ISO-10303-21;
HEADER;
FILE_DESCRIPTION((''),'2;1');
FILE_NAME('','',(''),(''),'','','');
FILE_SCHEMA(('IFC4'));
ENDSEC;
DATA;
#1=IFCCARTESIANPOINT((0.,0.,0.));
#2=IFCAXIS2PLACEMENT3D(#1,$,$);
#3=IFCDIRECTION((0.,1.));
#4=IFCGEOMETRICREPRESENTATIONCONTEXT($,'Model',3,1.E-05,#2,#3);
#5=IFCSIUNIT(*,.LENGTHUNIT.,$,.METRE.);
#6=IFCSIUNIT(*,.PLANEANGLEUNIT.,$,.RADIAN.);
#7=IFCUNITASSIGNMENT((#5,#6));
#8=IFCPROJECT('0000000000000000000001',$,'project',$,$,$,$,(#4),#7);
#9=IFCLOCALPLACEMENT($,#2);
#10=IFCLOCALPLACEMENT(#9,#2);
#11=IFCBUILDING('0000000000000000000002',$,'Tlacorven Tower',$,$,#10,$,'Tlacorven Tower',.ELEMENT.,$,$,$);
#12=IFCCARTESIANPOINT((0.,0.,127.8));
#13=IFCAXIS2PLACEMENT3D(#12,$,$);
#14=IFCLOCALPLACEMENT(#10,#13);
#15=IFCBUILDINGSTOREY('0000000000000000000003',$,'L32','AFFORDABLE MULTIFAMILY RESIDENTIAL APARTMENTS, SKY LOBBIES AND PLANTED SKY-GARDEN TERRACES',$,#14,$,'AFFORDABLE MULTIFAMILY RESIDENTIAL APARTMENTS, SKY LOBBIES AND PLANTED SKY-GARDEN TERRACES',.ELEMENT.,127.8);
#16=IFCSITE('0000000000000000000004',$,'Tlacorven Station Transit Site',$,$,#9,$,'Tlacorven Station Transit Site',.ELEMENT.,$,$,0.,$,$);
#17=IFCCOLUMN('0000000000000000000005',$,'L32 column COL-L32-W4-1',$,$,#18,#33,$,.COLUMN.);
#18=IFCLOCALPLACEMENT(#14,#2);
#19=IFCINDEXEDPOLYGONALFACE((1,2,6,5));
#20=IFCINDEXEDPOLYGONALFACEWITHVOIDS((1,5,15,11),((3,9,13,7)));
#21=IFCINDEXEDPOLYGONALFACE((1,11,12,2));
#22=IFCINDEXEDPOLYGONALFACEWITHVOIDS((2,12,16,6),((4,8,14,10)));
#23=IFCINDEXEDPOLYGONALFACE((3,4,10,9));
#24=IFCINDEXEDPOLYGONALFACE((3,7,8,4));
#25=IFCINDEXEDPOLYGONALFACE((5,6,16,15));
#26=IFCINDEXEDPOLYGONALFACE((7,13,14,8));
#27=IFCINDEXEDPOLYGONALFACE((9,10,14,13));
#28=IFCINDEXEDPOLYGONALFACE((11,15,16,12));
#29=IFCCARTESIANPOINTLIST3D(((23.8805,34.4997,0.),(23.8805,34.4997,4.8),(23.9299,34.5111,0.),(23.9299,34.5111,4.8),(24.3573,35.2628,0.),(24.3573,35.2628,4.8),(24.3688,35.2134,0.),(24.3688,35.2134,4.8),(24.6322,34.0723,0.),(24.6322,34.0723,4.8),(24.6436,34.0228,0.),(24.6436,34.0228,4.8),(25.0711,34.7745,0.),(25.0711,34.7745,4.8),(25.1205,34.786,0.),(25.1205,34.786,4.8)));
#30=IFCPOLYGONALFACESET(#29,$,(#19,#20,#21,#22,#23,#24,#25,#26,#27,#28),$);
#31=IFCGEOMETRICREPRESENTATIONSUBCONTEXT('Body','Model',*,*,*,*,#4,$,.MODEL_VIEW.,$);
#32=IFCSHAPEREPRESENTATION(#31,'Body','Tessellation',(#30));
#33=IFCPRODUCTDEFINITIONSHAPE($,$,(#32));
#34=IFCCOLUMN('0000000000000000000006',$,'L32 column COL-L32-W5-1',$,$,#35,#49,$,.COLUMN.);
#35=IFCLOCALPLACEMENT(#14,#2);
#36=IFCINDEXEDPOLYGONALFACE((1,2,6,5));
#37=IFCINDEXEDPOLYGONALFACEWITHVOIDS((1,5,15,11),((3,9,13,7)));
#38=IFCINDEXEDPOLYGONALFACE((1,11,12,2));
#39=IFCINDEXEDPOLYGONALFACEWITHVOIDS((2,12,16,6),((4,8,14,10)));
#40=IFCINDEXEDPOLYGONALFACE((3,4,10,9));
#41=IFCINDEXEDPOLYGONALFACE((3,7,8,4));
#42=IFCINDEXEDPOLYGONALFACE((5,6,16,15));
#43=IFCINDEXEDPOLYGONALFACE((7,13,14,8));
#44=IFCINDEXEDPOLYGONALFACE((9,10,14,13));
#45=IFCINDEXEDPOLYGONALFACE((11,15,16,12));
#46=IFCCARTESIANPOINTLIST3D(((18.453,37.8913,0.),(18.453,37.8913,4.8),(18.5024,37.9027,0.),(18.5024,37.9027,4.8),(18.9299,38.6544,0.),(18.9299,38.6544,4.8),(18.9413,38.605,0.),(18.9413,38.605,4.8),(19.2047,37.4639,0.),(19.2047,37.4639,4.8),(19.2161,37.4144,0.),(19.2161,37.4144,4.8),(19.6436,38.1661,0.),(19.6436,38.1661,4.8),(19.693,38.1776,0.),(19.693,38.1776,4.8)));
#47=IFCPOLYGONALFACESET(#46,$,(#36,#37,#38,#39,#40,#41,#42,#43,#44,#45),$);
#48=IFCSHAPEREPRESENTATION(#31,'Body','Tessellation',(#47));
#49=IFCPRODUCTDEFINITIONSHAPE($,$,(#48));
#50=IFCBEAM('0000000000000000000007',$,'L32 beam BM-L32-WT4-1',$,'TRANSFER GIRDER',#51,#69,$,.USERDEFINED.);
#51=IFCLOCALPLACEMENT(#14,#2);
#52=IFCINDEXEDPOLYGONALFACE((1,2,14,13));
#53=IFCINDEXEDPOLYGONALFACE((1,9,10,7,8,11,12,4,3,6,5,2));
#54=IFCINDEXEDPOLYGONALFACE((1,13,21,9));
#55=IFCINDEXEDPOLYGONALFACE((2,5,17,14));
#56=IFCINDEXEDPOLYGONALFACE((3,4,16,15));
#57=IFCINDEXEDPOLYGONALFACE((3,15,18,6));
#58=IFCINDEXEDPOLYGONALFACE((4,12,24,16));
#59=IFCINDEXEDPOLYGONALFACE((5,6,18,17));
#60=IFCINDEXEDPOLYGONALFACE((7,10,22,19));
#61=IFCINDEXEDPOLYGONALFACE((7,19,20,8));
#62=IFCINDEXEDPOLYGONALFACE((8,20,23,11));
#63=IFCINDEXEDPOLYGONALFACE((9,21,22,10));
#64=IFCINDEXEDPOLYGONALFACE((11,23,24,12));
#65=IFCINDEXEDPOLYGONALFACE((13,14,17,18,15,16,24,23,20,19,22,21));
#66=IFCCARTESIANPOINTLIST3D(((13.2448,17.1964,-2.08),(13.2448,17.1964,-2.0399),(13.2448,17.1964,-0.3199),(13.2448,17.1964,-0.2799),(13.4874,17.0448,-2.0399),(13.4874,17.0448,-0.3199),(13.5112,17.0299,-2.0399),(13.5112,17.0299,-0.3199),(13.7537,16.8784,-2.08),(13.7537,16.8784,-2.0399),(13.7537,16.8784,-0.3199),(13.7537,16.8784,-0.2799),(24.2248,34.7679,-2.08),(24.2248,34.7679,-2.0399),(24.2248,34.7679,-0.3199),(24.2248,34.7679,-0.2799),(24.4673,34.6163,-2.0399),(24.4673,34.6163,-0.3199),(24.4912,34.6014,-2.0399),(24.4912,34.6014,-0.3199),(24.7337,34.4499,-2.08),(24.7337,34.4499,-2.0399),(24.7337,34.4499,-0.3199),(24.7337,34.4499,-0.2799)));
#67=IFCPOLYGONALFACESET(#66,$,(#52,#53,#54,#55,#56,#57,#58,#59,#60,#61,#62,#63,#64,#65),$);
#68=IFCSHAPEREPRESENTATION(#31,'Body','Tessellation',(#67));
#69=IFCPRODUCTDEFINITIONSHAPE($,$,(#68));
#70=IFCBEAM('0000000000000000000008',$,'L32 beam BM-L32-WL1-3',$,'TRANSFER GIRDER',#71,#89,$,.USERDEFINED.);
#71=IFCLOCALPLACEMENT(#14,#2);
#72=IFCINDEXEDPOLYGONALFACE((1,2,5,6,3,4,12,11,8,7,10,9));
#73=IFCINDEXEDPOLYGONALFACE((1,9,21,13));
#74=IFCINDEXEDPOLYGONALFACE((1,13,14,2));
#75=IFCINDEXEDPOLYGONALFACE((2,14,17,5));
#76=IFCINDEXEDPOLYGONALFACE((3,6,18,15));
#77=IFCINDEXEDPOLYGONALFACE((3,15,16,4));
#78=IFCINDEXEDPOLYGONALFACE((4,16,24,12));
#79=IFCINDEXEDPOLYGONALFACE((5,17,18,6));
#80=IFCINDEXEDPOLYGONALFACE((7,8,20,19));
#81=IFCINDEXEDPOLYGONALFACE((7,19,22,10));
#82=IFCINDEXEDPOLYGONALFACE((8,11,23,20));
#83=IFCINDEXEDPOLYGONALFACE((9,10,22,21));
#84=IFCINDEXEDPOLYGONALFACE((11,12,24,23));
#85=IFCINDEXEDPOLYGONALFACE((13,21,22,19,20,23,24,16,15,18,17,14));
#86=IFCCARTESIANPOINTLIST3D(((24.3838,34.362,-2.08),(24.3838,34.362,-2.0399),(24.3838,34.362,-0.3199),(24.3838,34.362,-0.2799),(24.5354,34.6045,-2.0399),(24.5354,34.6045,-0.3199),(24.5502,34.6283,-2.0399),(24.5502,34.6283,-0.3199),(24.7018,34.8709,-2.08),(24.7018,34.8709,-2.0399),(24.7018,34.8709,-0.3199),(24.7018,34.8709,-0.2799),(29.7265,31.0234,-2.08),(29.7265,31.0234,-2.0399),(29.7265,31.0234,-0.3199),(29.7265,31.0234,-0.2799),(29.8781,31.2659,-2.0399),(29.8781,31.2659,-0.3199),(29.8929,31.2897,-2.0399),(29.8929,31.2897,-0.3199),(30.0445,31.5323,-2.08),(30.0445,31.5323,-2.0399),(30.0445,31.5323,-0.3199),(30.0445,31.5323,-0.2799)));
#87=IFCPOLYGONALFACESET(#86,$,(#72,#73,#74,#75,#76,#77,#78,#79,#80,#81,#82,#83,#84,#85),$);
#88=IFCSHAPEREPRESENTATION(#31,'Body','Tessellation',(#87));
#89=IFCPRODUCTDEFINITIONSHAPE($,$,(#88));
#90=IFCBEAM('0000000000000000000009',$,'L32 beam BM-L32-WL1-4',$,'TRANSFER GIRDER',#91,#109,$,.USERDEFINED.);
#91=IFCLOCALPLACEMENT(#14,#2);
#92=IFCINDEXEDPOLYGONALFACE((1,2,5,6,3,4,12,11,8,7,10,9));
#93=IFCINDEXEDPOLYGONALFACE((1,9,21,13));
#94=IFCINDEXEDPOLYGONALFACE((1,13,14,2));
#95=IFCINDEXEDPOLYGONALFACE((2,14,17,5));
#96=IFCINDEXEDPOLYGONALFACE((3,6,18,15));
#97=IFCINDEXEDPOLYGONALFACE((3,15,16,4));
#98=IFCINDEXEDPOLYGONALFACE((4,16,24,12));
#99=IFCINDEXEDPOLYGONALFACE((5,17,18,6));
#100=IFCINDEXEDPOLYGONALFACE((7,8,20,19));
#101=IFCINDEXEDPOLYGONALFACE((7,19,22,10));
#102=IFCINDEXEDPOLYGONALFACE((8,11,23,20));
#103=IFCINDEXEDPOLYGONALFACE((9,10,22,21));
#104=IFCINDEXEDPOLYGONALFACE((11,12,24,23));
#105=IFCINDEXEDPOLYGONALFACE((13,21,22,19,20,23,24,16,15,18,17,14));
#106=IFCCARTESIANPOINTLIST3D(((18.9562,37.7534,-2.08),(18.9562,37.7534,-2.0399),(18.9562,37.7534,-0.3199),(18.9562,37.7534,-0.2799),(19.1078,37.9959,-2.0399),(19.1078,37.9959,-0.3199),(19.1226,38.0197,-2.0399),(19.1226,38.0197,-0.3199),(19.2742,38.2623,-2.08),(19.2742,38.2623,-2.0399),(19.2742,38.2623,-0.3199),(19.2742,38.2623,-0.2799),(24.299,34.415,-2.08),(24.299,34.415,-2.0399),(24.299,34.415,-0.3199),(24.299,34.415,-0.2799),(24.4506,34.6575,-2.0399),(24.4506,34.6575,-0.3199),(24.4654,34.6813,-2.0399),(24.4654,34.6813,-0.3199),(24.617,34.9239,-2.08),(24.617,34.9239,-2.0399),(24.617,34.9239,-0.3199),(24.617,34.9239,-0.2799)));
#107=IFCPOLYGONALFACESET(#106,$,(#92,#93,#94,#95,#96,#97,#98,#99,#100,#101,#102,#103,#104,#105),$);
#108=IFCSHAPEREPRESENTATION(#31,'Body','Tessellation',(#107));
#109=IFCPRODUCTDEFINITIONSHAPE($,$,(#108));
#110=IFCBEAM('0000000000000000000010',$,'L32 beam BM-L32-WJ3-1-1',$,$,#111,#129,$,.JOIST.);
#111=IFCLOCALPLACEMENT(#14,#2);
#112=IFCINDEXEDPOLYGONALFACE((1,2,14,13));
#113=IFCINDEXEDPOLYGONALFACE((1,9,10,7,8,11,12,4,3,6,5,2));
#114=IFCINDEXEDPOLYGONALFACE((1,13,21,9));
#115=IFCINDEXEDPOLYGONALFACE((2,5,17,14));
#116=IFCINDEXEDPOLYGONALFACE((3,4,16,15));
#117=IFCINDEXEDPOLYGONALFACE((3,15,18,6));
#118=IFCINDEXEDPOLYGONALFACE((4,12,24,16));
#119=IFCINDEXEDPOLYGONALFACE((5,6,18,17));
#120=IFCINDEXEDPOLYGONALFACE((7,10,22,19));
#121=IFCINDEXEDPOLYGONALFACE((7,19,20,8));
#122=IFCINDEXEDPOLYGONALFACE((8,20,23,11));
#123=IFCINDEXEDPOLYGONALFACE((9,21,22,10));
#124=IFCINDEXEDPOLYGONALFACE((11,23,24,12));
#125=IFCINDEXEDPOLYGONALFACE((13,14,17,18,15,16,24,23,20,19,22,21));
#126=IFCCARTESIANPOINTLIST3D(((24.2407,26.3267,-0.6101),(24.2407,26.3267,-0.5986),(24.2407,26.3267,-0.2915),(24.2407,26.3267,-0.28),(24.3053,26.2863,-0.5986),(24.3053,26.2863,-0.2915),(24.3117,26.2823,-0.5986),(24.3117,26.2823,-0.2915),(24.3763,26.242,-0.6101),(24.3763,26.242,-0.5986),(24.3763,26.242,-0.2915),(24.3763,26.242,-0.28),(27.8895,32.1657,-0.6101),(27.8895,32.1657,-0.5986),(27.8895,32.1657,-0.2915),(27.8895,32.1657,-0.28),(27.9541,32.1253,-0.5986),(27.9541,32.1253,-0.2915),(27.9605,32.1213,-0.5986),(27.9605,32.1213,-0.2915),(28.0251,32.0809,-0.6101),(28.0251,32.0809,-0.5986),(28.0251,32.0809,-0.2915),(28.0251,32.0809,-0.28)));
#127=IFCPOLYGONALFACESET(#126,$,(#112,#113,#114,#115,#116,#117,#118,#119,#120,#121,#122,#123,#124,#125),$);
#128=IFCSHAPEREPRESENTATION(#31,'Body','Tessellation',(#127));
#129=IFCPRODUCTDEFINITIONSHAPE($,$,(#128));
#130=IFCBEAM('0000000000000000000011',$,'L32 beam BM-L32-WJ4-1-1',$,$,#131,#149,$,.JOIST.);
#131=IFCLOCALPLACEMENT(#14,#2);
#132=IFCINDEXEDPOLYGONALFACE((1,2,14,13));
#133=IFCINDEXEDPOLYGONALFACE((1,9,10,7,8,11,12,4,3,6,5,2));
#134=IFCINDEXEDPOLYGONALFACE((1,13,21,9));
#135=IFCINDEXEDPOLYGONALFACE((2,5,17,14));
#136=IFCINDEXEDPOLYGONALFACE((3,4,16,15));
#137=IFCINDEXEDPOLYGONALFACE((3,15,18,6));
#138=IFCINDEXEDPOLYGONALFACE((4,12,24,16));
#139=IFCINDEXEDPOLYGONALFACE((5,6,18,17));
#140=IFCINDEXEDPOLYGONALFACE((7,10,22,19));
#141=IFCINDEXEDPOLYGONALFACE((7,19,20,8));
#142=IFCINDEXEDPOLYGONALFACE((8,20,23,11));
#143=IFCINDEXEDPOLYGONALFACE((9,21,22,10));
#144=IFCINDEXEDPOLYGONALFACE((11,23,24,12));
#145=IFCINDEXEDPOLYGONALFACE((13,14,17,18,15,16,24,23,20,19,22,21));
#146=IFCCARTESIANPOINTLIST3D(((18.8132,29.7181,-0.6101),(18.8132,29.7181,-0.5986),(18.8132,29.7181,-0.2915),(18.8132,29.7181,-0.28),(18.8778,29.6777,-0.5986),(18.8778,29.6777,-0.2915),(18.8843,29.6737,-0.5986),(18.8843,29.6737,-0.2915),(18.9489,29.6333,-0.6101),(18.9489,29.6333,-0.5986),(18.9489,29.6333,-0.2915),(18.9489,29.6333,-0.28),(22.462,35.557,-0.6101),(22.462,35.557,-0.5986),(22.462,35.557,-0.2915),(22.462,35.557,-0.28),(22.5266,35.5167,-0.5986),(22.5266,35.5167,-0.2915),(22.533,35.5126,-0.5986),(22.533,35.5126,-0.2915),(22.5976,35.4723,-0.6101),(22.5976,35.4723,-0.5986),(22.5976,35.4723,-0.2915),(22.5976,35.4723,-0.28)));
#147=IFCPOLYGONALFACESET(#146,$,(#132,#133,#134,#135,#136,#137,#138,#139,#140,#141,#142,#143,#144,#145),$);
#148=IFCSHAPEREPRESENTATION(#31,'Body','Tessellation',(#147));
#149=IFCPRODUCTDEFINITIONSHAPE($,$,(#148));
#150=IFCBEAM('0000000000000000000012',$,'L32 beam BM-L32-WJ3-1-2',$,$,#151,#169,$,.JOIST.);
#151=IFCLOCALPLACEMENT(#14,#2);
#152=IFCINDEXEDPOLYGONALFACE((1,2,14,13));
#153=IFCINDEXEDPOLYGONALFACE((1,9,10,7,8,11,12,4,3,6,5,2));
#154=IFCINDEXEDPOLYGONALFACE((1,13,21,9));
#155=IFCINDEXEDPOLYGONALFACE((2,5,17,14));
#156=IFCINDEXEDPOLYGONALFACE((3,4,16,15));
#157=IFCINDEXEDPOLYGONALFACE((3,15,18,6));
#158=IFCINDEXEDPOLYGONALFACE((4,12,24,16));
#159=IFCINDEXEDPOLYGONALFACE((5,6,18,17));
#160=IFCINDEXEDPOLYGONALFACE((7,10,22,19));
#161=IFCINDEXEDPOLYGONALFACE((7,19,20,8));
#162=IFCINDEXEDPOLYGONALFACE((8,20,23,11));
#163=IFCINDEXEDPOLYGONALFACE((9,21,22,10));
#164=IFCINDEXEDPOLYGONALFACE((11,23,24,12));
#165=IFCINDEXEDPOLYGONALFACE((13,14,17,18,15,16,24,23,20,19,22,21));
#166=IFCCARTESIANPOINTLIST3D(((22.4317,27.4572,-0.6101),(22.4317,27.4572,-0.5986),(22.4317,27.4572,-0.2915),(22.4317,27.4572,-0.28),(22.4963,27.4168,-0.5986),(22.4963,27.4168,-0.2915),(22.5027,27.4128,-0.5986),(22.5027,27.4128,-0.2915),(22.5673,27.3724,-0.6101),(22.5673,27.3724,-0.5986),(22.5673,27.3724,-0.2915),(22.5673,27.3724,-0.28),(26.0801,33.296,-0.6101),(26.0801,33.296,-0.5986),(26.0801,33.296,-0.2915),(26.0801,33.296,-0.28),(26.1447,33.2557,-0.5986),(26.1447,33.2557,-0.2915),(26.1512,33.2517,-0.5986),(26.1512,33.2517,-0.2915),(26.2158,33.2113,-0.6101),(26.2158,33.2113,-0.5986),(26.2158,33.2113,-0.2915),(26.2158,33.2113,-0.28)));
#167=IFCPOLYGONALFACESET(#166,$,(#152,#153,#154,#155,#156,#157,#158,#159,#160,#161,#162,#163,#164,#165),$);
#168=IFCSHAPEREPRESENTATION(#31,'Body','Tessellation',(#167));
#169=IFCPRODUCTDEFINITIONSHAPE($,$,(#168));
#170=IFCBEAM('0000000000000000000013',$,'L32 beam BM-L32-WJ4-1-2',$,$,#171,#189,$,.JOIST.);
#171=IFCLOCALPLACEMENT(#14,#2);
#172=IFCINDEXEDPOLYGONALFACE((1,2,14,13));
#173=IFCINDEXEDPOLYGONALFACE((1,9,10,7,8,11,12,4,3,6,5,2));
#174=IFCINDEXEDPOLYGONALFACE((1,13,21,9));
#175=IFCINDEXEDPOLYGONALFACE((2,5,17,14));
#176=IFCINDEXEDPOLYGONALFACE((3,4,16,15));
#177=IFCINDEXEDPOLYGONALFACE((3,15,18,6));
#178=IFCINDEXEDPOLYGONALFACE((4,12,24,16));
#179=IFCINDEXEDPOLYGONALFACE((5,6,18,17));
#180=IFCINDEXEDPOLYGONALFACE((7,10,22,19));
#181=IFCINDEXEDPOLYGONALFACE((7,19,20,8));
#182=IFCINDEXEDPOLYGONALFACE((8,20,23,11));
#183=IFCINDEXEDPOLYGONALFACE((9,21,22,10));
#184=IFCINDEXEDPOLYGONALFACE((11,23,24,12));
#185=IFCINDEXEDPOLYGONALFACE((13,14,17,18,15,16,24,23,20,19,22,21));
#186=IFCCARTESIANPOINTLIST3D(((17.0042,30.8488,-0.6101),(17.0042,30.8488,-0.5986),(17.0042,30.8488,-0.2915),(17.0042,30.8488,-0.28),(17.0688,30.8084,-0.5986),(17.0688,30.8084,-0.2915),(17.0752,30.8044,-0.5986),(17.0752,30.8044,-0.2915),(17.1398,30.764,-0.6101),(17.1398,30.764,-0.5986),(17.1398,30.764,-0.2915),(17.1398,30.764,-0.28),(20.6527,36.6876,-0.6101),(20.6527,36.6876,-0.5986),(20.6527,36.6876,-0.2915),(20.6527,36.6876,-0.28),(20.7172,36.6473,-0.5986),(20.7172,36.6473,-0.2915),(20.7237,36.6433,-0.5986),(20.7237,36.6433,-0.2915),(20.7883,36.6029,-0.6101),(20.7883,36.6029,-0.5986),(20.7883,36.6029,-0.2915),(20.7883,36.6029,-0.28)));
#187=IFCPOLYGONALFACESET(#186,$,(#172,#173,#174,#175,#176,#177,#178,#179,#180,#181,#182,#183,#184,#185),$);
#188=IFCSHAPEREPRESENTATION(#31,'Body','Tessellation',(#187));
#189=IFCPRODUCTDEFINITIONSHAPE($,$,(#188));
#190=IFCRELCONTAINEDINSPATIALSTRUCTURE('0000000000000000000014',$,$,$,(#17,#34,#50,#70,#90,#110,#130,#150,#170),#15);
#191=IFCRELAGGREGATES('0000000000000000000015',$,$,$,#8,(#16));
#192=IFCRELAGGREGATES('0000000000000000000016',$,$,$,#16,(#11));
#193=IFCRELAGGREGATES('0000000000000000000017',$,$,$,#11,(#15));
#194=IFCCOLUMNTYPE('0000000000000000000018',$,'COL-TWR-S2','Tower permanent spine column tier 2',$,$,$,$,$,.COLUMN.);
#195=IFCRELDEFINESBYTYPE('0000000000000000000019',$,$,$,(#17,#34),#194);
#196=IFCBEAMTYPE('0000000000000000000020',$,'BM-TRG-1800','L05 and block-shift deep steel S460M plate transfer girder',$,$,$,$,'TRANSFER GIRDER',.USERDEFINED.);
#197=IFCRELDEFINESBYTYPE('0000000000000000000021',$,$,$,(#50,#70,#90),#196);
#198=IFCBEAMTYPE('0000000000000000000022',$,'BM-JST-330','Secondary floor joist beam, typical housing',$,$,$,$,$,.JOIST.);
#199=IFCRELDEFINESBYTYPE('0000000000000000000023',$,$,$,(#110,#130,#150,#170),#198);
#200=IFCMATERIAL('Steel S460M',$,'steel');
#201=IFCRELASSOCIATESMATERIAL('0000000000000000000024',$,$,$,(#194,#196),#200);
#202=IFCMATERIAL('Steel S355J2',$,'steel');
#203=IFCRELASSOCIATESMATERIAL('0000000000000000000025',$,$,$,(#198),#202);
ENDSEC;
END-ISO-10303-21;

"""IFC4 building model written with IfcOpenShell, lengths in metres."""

from ifc_helpers import new_model, si_unit, direction, frame, origin, origin_2d, place, context, subcontext, project, spatial, hollow_rectangle, i_section, extrude, source, transform, mapped, material, material_profile, profile_set, type_object, element, save


model = new_model("IFC4")

# Units and contexts
model_context = context("Model", 3, precision=1e-05, world=origin(), true_north=direction((0.0, 1.0)))
body_context = subcontext(model_context, "Body", "Model", "MODEL_VIEW")
ifc_project = project(units=[si_unit("LENGTHUNIT", "METRE"), si_unit("PLANEANGLEUNIT", "RADIAN")], contexts=[model_context])

# Site, building, storey
site_placement = place(None, origin())
site = spatial("IfcSite", under=ifc_project, at=site_placement, Name="Tlacorven Station Transit Site", LongName="Tlacorven Station Transit Site", CompositionType="ELEMENT", RefElevation=0.0)
building_placement = place(site_placement, origin())
building = spatial("IfcBuilding", under=site, at=building_placement, Name="Tlacorven Tower", LongName="Tlacorven Tower", CompositionType="ELEMENT")
storey_placement = place(building_placement, frame((0.0, 0.0, 127.8)))
storey = spatial("IfcBuildingStorey", under=building, at=storey_placement, Name="L32", Description="AFFORDABLE MULTIFAMILY RESIDENTIAL APARTMENTS, SKY LOBBIES AND PLANTED SKY-GARDEN TERRACES", LongName="AFFORDABLE MULTIFAMILY RESIDENTIAL APARTMENTS, SKY LOBBIES AND PLANTED SKY-GARDEN TERRACES", CompositionType="ELEMENT", Elevation=127.8)

# Columns
ifc_material_1 = material(Name="Steel S460M", Category="steel")
ifc_material_profile_1 = material_profile(ifc_material_1, hollow_rectangle(XDim=0.8999, YDim=0.8999, WallThickness=0.0359, at=origin_2d()), Name="BOX 900X900X36")
ifc_profile_set_1 = profile_set([ifc_material_profile_1], Name="Steel S460M")
column_type = type_object("IfcColumnType", Name="COL-TWR-S2", Description="Tower permanent spine column tier 2", PredefinedType="COLUMN", material=ifc_profile_set_1)
shared_shape_1 = source(origin(), body_context, "Body", "SweptSolid", [
    extrude(hollow_rectangle(XDim=0.8999, YDim=0.8999, WallThickness=0.0359, at=origin_2d()), origin(), (0.0, 0.0, 1.0), 4.8),
])
for number, where, z_axis, x_axis, name in (
    (1, (24.5005, 34.6428, 0.0), (0.0, 0.0, 1.0), (-0.848048, 0.529919, 0.0), "L32 column COL-L32-W4-1"),
    (2, (19.073, 38.0344, 0.0), (0.0, 0.0, 1.0), (-0.848048, 0.529919, 0.0), "L32 column COL-L32-W5-1"),
):
    element("IfcColumn", number, at=place(storey_placement, frame(where, z_axis=z_axis, x_axis=x_axis)), inside=storey, type_object=column_type, Name=name, PredefinedType="COLUMN", context=body_context, shape_type="MappedRepresentation", body=[
        mapped(shared_shape_1, transform((0.0, 0.0, 0.0), scale=1.0)),
    ])

# Beams
ifc_material_profile_2 = material_profile(ifc_material_1, i_section(OverallWidth=0.6001, OverallDepth=1.8, WebThickness=0.0281, FlangeThickness=0.04, at=origin_2d()), Name="PG 1800X600X28X40")
ifc_profile_set_2 = profile_set([ifc_material_profile_2], Name="Steel S460M")
beam_type_1 = type_object("IfcBeamType", Name="BM-TRG-1800", Description="L05 and block-shift deep steel S460M plate transfer girder", ElementType="TRANSFER GIRDER", PredefinedType="USERDEFINED", material=ifc_profile_set_2)
shared_shape_2 = source(origin(), body_context, "Body", "SweptSolid", [
    extrude(i_section(OverallWidth=0.6001, OverallDepth=1.8, WebThickness=0.0281, FlangeThickness=0.04, at=origin_2d()), origin(), (0.0, 0.0, 1.0), 20.72),
])
beam_placement = place(storey_placement, frame((24.4792, 34.6089, -1.1799), z_axis=(-0.529922, -0.848047, 0.0), x_axis=(0.848047, -0.529922, 0.0)))
element("IfcBeam", 3, at=beam_placement, inside=storey, type_object=beam_type_1, Name="L32 beam BM-L32-WT4-1", ObjectType="TRANSFER GIRDER", PredefinedType="USERDEFINED", context=body_context, shape_type="MappedRepresentation", body=[
    mapped(shared_shape_2, transform((0.0, 0.0, 0.0), scale=1.0)),
])
shared_shape_3 = source(origin(), body_context, "Body", "SweptSolid", [
    extrude(i_section(OverallWidth=0.6001, OverallDepth=1.8, WebThickness=0.0281, FlangeThickness=0.04, at=origin_2d()), origin(), (0.0, 0.0, 1.0), 6.3),
])
for number, where, z_axis, x_axis, name in (
    (4, (29.8855, 31.2778, -1.1799), (-0.848042, 0.529929, 0.0), (-0.529929, -0.848042, 0.0), "L32 beam BM-L32-WL1-3"),
    (5, (24.458, 34.6694, -1.1799), (-0.848059, 0.529901, 0.0), (-0.529901, -0.848059, 0.0), "L32 beam BM-L32-WL1-4"),
):
    element("IfcBeam", number, at=place(storey_placement, frame(where, z_axis=z_axis, x_axis=x_axis)), inside=storey, type_object=beam_type_1, Name=name, ObjectType="TRANSFER GIRDER", PredefinedType="USERDEFINED", context=body_context, shape_type="MappedRepresentation", body=[
        mapped(shared_shape_3, transform((0.0, 0.0, 0.0), scale=1.0)),
    ])
ifc_material_2 = material(Name="Steel S355J2", Category="steel")
ifc_material_profile_3 = material_profile(ifc_material_2, i_section(OverallWidth=0.1599, OverallDepth=0.3301, WebThickness=0.0076, FlangeThickness=0.0115, at=origin_2d()), Name="IPE 330")
ifc_profile_set_3 = profile_set([ifc_material_profile_3], Name="Steel S355J2")
beam_type_2 = type_object("IfcBeamType", Name="BM-JST-330", Description="Secondary floor joist beam, typical housing", PredefinedType="JOIST", material=ifc_profile_set_3)
shared_shape_4 = source(origin(), body_context, "Body", "SweptSolid", [
    extrude(i_section(OverallWidth=0.1599, OverallDepth=0.3301, WebThickness=0.0076, FlangeThickness=0.0115, at=origin_2d()), origin(), (0.0, 0.0, 1.0), 6.8853),
])
for number, where, z_axis, x_axis, name in (
    (6, (27.9573, 32.1233, -0.4451), (-0.529935, -0.848038, 0.0), (0.848038, -0.529935, 0.0), "L32 beam BM-L32-WJ3-1-1"),
    (7, (22.5298, 35.5146, -0.4451), (-0.529935, -0.848038, 0.0), (0.848038, -0.529935, 0.0), "L32 beam BM-L32-WJ4-1-1"),
):
    element("IfcBeam", number, at=place(storey_placement, frame(where, z_axis=z_axis, x_axis=x_axis)), inside=storey, type_object=beam_type_2, Name=name, PredefinedType="JOIST", context=body_context, shape_type="MappedRepresentation", body=[
        mapped(shared_shape_4, transform((0.0, 0.0, 0.0), scale=1.0)),
    ])
shared_shape_5 = source(origin(), body_context, "Body", "SweptSolid", [
    extrude(i_section(OverallWidth=0.1599, OverallDepth=0.3301, WebThickness=0.0076, FlangeThickness=0.0115, at=origin_2d()), origin(), (0.0, 0.0, 1.0), 6.885),
])
for number, where, z_axis, x_axis, name in (
    (8, (26.1479, 33.2537, -0.4451), (-0.52991, -0.848054, 0.0), (0.848054, -0.52991, 0.0), "L32 beam BM-L32-WJ3-1-2"),
    (9, (20.7205, 36.6453, -0.4451), (-0.52991, -0.848054, 0.0), (0.848054, -0.52991, 0.0), "L32 beam BM-L32-WJ4-1-2"),
):
    element("IfcBeam", number, at=place(storey_placement, frame(where, z_axis=z_axis, x_axis=x_axis)), inside=storey, type_object=beam_type_2, Name=name, PredefinedType="JOIST", context=body_context, shape_type="MappedRepresentation", body=[
        mapped(shared_shape_5, transform((0.0, 0.0, 0.0), scale=1.0)),
    ])

save(model, "model.ifc")
